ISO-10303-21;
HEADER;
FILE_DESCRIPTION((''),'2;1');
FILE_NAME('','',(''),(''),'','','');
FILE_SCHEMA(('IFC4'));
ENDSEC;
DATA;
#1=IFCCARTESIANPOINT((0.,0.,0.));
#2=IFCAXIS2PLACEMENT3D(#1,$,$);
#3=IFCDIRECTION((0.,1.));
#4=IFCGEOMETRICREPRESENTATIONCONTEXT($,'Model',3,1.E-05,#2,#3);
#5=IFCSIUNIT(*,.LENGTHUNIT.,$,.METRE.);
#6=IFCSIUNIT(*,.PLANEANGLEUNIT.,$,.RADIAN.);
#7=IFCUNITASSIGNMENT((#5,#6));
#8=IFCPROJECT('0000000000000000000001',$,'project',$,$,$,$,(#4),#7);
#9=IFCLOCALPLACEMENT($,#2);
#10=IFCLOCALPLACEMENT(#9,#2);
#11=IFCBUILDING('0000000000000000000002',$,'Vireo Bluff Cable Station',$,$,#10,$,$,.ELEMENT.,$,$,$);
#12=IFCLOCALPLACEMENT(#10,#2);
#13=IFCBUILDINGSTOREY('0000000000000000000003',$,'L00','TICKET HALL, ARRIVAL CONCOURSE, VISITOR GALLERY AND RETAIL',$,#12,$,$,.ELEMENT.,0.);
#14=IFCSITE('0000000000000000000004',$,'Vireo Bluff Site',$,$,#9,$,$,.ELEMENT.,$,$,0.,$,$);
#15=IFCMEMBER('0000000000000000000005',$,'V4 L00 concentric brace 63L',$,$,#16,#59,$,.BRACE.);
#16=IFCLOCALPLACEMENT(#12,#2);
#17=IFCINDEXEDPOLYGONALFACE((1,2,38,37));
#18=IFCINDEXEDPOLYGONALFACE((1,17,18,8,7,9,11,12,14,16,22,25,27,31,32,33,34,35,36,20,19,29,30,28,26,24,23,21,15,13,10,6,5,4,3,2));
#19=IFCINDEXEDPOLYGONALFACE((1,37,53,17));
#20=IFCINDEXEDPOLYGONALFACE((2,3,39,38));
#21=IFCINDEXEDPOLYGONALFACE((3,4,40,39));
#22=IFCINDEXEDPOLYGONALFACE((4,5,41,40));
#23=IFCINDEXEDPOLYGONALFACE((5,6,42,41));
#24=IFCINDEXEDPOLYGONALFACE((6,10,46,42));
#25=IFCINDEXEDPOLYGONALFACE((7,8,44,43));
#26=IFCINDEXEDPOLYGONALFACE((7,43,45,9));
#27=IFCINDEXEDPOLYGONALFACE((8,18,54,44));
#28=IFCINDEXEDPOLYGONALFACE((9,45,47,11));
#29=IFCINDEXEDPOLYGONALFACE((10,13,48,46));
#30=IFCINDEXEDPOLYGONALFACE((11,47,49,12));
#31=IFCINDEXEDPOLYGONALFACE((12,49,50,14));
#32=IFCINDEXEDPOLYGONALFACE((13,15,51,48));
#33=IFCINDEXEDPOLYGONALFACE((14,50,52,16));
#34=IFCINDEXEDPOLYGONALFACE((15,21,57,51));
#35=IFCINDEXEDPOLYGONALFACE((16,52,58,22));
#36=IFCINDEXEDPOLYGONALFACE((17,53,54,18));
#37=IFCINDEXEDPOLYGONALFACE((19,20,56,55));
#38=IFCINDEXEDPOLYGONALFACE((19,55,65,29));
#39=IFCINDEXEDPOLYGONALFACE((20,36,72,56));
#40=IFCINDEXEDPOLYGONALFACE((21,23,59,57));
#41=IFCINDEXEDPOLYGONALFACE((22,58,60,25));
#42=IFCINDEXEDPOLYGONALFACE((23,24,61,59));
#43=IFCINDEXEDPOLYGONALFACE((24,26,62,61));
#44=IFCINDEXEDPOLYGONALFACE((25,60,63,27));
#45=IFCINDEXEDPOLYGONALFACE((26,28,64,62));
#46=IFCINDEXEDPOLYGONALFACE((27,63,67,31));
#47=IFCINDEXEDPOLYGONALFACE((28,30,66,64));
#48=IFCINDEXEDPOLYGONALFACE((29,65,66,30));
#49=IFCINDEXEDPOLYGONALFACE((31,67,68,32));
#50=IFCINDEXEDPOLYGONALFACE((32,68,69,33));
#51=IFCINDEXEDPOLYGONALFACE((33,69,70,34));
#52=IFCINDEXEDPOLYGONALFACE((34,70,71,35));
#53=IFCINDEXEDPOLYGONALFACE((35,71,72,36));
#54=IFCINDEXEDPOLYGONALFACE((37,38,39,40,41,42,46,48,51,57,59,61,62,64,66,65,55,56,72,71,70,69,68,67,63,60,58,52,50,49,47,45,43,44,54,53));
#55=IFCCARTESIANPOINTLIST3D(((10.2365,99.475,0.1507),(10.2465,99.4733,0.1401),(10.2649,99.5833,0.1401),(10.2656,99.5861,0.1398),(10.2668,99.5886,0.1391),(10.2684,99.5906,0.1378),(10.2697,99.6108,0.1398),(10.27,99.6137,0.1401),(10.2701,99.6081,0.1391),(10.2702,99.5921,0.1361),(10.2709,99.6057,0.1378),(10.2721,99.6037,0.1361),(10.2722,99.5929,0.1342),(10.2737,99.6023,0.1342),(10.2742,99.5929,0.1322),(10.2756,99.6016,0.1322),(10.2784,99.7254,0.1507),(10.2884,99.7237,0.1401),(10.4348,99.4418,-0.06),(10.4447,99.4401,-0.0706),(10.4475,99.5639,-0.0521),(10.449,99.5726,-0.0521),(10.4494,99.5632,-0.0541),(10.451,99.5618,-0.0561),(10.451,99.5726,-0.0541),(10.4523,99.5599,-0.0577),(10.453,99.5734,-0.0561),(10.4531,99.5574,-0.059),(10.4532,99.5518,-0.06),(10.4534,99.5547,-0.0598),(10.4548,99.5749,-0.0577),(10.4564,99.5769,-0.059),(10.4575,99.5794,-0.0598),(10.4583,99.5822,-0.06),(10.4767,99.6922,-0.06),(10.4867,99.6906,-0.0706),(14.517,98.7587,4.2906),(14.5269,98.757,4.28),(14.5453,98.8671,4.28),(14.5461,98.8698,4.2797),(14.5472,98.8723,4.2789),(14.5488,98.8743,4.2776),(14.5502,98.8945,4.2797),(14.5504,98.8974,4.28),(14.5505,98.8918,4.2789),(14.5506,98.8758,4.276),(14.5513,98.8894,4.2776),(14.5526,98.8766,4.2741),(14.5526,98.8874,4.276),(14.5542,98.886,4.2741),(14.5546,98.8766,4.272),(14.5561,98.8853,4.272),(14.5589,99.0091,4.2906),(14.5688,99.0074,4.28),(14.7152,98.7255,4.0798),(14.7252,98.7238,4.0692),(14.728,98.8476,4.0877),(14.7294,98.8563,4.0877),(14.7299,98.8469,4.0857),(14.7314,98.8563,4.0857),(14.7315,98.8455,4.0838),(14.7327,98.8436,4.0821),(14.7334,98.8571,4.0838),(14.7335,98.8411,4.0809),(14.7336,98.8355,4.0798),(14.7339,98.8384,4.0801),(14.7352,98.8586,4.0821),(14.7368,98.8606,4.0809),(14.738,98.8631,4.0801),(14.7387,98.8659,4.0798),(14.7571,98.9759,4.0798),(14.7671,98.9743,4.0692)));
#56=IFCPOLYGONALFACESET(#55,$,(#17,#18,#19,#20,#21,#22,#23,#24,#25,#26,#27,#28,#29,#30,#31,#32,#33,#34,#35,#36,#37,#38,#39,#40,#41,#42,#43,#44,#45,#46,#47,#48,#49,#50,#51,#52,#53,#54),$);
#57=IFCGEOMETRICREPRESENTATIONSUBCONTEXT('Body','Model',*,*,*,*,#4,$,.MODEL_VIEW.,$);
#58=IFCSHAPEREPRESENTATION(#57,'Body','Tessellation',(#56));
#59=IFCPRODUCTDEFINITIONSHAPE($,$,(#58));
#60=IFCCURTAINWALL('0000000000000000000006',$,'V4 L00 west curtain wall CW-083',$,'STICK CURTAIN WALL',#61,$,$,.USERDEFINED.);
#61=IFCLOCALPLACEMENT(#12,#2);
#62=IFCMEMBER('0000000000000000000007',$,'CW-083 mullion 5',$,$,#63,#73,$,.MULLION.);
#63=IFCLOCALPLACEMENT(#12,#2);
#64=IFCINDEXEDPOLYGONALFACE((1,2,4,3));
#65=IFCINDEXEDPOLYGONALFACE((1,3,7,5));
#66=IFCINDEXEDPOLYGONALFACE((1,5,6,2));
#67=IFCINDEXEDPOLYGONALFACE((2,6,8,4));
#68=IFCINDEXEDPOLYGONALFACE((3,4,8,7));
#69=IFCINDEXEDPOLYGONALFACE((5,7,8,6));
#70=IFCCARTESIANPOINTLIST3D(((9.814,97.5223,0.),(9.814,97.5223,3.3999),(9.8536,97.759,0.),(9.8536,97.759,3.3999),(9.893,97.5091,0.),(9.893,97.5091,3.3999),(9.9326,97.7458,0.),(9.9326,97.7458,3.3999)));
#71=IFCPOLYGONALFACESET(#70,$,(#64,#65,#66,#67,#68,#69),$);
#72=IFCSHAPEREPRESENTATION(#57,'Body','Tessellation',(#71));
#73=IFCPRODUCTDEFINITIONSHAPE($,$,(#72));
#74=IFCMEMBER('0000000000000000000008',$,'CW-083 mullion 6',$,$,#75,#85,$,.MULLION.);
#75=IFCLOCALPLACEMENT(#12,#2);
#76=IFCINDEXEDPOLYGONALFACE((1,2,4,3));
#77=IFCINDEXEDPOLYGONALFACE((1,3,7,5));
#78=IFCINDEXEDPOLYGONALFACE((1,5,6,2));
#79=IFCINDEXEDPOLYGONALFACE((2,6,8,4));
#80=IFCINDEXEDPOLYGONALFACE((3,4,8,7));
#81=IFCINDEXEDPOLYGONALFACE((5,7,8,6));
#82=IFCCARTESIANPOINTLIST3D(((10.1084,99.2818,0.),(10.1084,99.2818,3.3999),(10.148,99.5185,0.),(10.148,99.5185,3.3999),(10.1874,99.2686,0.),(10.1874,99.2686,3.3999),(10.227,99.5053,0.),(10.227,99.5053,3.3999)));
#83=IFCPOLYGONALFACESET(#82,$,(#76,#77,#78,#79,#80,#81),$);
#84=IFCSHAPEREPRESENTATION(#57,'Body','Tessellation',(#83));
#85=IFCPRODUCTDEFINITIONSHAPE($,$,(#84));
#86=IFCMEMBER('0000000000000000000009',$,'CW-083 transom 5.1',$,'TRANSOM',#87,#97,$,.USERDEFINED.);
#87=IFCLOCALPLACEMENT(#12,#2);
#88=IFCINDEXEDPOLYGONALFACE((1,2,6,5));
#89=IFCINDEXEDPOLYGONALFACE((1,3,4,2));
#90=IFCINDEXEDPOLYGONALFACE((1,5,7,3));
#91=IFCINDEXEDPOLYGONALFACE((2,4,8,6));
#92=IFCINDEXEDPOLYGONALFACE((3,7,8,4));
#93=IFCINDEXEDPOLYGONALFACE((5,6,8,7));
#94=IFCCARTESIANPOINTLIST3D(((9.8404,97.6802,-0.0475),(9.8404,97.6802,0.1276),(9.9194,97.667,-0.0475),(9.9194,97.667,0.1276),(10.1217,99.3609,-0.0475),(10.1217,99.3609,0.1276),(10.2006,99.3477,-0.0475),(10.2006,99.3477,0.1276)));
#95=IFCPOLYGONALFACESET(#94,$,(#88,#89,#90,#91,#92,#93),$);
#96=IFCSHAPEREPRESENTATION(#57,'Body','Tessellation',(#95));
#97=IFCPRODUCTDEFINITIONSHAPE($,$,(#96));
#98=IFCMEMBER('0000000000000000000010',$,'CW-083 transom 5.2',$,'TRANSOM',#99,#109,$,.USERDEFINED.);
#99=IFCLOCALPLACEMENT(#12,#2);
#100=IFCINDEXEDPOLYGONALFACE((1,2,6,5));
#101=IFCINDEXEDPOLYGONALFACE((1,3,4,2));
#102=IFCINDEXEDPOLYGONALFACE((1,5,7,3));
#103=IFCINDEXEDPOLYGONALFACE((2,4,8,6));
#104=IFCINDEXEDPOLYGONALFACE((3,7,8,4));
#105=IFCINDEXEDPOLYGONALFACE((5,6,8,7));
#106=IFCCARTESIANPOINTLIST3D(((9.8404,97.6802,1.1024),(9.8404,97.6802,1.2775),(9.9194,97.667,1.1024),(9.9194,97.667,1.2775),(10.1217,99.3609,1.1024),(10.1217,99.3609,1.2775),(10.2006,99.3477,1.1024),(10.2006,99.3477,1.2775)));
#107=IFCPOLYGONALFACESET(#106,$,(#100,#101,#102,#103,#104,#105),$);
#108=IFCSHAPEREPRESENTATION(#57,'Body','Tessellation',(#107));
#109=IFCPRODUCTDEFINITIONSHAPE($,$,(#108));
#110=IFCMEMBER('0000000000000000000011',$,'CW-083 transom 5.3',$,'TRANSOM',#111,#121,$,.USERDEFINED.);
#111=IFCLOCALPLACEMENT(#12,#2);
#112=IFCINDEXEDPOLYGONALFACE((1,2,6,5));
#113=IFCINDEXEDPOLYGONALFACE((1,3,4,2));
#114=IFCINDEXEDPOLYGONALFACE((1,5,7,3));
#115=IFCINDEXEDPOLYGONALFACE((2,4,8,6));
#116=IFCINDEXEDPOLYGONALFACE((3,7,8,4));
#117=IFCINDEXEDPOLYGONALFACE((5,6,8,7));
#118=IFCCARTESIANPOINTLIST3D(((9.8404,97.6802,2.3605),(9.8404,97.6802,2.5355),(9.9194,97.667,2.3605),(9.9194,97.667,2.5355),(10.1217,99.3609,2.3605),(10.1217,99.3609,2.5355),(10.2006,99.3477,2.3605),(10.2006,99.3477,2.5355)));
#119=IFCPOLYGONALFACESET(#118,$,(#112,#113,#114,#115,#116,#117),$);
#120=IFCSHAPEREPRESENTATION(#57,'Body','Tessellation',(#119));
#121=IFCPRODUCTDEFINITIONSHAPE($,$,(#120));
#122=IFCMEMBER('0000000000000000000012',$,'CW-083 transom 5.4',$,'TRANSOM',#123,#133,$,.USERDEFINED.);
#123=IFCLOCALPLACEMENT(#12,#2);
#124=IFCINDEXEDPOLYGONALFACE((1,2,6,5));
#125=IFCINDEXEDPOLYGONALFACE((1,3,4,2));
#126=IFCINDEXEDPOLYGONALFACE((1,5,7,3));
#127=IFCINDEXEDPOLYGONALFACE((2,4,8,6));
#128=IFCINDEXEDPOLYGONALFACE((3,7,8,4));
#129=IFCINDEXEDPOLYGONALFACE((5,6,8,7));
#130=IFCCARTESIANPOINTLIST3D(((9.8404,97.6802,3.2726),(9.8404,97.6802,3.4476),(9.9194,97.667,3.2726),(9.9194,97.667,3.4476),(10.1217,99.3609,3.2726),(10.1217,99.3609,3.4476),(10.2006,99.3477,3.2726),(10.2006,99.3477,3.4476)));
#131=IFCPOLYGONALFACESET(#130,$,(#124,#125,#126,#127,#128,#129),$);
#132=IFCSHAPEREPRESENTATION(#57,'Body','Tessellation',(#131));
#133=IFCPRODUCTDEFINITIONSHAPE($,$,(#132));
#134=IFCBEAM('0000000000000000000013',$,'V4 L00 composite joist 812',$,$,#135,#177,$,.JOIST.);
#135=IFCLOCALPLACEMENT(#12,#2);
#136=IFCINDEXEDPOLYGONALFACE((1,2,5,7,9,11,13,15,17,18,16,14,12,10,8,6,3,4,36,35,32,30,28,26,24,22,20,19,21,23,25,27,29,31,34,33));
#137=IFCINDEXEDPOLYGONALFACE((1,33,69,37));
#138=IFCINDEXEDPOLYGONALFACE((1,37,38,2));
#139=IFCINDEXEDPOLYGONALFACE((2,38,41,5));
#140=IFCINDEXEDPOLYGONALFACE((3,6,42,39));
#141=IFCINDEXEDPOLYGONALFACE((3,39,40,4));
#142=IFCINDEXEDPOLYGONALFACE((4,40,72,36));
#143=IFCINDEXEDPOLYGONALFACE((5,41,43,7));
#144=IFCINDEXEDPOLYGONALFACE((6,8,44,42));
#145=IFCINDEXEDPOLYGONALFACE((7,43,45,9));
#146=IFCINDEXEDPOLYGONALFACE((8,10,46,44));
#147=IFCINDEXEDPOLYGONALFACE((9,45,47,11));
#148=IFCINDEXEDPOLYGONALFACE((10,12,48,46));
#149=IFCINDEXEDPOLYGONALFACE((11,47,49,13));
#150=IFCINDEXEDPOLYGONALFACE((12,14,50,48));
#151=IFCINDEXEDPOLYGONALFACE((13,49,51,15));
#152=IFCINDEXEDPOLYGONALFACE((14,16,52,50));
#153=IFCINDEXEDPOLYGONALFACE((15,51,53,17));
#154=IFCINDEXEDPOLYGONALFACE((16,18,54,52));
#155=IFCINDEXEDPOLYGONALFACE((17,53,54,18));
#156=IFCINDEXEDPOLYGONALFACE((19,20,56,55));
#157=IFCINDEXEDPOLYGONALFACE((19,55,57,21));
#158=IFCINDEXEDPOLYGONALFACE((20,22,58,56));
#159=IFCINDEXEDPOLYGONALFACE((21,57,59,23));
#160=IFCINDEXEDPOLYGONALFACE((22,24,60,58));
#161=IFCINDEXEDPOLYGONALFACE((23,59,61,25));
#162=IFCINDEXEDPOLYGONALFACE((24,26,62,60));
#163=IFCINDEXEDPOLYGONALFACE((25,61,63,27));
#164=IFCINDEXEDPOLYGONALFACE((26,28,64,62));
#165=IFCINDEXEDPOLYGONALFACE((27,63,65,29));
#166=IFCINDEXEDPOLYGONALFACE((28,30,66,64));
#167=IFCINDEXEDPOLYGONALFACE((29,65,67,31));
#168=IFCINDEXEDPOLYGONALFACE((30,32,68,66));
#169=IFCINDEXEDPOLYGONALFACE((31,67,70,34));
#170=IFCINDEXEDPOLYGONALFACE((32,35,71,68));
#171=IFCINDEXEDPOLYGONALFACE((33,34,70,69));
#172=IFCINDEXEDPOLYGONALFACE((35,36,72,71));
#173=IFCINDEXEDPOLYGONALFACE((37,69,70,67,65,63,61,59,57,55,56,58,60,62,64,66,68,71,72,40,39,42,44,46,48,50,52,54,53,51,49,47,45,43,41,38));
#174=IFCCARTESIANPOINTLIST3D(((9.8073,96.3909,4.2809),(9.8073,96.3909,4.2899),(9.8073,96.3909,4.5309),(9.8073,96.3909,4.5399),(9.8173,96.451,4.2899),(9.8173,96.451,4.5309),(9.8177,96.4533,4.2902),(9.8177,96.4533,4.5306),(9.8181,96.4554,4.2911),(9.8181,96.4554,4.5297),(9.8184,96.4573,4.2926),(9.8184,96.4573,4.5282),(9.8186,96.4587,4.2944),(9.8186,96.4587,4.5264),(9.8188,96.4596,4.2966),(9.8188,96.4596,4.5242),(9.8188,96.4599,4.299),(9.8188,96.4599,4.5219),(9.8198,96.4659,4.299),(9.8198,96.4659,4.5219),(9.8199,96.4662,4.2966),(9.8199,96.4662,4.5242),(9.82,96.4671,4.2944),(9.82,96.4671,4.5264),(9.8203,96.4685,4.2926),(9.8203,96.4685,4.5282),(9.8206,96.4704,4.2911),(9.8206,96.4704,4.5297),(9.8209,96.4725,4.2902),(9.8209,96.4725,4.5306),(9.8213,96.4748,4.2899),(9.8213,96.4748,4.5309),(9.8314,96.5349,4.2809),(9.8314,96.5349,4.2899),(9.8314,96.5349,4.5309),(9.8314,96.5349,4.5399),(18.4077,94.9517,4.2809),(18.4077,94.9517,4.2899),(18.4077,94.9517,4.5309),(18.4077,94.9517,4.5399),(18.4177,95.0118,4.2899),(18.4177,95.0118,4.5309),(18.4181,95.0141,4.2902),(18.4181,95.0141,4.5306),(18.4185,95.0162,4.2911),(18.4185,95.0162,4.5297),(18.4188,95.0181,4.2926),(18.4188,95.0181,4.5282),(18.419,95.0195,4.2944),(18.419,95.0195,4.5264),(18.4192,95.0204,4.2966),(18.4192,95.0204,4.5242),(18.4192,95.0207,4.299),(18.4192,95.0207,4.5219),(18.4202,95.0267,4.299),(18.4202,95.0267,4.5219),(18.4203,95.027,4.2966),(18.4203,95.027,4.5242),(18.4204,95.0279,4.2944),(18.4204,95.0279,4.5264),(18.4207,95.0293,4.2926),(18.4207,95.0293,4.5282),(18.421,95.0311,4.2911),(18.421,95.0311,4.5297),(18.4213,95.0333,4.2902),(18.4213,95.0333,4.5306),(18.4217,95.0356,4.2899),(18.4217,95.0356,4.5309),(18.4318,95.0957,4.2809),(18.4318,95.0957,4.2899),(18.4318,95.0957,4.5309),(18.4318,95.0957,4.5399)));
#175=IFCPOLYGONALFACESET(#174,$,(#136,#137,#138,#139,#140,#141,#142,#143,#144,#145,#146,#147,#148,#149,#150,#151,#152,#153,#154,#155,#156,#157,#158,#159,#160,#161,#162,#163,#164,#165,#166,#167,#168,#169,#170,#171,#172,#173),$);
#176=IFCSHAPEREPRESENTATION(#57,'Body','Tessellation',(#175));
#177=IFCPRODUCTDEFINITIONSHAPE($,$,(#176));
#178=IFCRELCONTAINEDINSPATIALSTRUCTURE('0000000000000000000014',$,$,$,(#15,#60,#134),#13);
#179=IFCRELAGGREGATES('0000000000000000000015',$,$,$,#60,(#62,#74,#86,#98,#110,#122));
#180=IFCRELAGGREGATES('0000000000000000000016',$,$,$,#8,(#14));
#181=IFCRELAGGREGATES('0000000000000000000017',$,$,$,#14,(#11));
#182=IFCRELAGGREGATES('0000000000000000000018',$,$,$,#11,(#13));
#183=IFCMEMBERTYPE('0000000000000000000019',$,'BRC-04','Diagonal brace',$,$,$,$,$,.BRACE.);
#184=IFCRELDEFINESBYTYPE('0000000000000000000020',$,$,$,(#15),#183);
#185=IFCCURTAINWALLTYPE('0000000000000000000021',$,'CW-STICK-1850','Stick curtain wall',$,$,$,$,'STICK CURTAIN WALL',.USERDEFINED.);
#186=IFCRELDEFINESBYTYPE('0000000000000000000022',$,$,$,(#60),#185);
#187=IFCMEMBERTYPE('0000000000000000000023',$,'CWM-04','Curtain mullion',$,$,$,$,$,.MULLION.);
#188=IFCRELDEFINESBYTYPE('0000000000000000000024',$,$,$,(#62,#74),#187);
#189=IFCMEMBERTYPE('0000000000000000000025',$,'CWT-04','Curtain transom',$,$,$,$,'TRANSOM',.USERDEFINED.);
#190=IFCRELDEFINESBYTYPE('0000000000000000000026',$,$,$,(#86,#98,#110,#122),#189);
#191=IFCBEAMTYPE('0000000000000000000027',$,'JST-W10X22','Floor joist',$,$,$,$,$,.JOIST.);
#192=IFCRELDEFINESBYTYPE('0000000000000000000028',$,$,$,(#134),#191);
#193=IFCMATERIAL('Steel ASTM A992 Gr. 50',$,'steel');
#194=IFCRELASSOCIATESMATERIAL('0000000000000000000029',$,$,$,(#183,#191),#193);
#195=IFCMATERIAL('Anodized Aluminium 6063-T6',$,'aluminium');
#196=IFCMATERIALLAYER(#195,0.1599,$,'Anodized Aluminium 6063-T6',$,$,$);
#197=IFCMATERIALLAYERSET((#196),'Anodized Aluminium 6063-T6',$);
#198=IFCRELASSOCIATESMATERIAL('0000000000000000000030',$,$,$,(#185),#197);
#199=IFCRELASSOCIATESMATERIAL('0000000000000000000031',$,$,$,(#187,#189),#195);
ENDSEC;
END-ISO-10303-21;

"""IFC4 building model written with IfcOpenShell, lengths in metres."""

from ifc_helpers import new_model, si_unit, direction, frame, origin, origin_2d, place, context, subcontext, project, spatial, rectangle, i_section, extrude, material, layer, layer_set, material_profile, profile_set, type_object, element, aggregate, save


model = new_model("IFC4")

# Units and contexts
model_context = context("Model", 3, precision=1e-05, world=origin(), true_north=direction((0.0, 1.0)))
body_context = subcontext(model_context, "Body", "Model", "MODEL_VIEW")
ifc_project = project(units=[si_unit("LENGTHUNIT", "METRE"), si_unit("PLANEANGLEUNIT", "RADIAN")], contexts=[model_context])

# Site, building, storey
site_placement = place(None, origin())
site = spatial("IfcSite", under=ifc_project, at=site_placement, Name="Vireo Bluff Site", CompositionType="ELEMENT", RefElevation=0.0)
building_placement = place(site_placement, origin())
building = spatial("IfcBuilding", under=site, at=building_placement, Name="Vireo Bluff Cable Station", CompositionType="ELEMENT")
storey_placement = place(building_placement, origin())
storey = spatial("IfcBuildingStorey", under=building, at=storey_placement, Name="L00", Description="TICKET HALL, ARRIVAL CONCOURSE, VISITOR GALLERY AND RETAIL", CompositionType="ELEMENT", Elevation=0.0)

# Shared definitions
ifc_material_1 = material(Name="Steel ASTM A992 Gr. 50", Category="steel")

# Member
ifc_material_profile_1 = material_profile(ifc_material_1, i_section(OverallWidth=0.2539, OverallDepth=0.3059, WebThickness=0.0088, FlangeThickness=0.0146, FilletRadius=0.011, at=origin_2d()), Name="W12X53")
ifc_profile_set_1 = profile_set([ifc_material_profile_1], Name="Steel ASTM A992 Gr. 50")
member_type_1 = type_object("IfcMemberType", Name="BRC-04", Description="Diagonal brace", PredefinedType="BRACE", material=ifc_profile_set_1)
member_1_placement = place(storey_placement, frame((10.3616, 99.5828, 0.04), z_axis=(0.713671, -0.119427, 0.690225), x_axis=(0.165047, 0.986286, 0.0)))
element("IfcMember", 1, at=member_1_placement, inside=storey, type_object=member_type_1, Name="V4 L00 concentric brace 63L", PredefinedType="BRACE", context=body_context, shape_type="SweptSolid", body=[
    extrude(i_section(OverallWidth=0.2539, OverallDepth=0.3059, WebThickness=0.0088, FlangeThickness=0.0146, FilletRadius=0.011, at=origin_2d()), origin(), (0.0, 0.0, 1.0), 5.9978),
])

# Curtain wall, members
ifc_material_2 = material(Name="Anodized Aluminium 6063-T6", Category="aluminium")
ifc_layer_1 = layer(ifc_material_2, 0.1599, Name="Anodized Aluminium 6063-T6")
ifc_layer_set_1 = layer_set([ifc_layer_1], Name="Anodized Aluminium 6063-T6")
curtain_wall_type = type_object("IfcCurtainWallType", Name="CW-STICK-1850", Description="Stick curtain wall", ElementType="STICK CURTAIN WALL", PredefinedType="USERDEFINED", material=ifc_layer_set_1)
curtain_wall_placement = place(storey_placement, origin())
curtain_wall = element("IfcCurtainWall", 2, at=curtain_wall_placement, inside=storey, type_object=curtain_wall_type, Name="V4 L00 west curtain wall CW-083", ObjectType="STICK CURTAIN WALL", PredefinedType="USERDEFINED")
ifc_material_profile_2 = material_profile(ifc_material_2, rectangle(XDim=0.0801, YDim=0.24, at=origin_2d()), Name="ALU-M-80X240")
ifc_profile_set_2 = profile_set([ifc_material_profile_2], Name="Anodized Aluminium 6063-T6")
member_type_2 = type_object("IfcMemberType", Name="CWM-04", Description="Curtain mullion", PredefinedType="MULLION", material=ifc_profile_set_2)
member_2_placement = place(storey_placement, frame((9.8733, 97.634, 0.0), z_axis=(0.0, 0.0, 1.0), x_axis=(-0.986286, 0.165048, 0.0)))
member_2 = element("IfcMember", 3, at=member_2_placement, type_object=member_type_2, Name="CW-083 mullion 5", PredefinedType="MULLION", context=body_context, shape_type="SweptSolid", body=[
    extrude(rectangle(XDim=0.0801, YDim=0.24, at=origin_2d()), origin(), (0.0, 0.0, 1.0), 3.3999),
])
member_3_placement = place(storey_placement, frame((10.1677, 99.3936, 0.0), z_axis=(0.0, 0.0, 1.0), x_axis=(-0.986286, 0.165048, 0.0)))
member_3 = element("IfcMember", 4, at=member_3_placement, type_object=member_type_2, Name="CW-083 mullion 6", PredefinedType="MULLION", context=body_context, shape_type="SweptSolid", body=[
    extrude(rectangle(XDim=0.0801, YDim=0.24, at=origin_2d()), origin(), (0.0, 0.0, 1.0), 3.3999),
])
ifc_material_profile_3 = material_profile(ifc_material_2, rectangle(XDim=0.0801, YDim=0.175, at=origin_2d()), Name="ALU-T-80X175")
ifc_profile_set_3 = profile_set([ifc_material_profile_3], Name="Anodized Aluminium 6063-T6")
member_type_3 = type_object("IfcMemberType", Name="CWT-04", Description="Curtain transom", ElementType="TRANSOM", PredefinedType="USERDEFINED", material=ifc_profile_set_3)
member_4_placement = place(storey_placement, frame((9.8799, 97.6736, 0.04), z_axis=(0.165049, 0.986285, 0.0), x_axis=(-0.986285, 0.165049, 0.0)))
member_4 = element("IfcMember", 5, at=member_4_placement, type_object=member_type_3, Name="CW-083 transom 5.1", ObjectType="TRANSOM", PredefinedType="USERDEFINED", context=body_context, shape_type="SweptSolid", body=[
    extrude(rectangle(XDim=0.0801, YDim=0.175, at=origin_2d()), origin(), (0.0, 0.0, 1.0), 1.7041),
])
member_5_placement = place(storey_placement, frame((9.8799, 97.6736, 1.1899), z_axis=(0.165049, 0.986285, 0.0), x_axis=(-0.986285, 0.165049, 0.0)))
member_5 = element("IfcMember", 6, at=member_5_placement, type_object=member_type_3, Name="CW-083 transom 5.2", ObjectType="TRANSOM", PredefinedType="USERDEFINED", context=body_context, shape_type="SweptSolid", body=[
    extrude(rectangle(XDim=0.0801, YDim=0.175, at=origin_2d()), origin(), (0.0, 0.0, 1.0), 1.7041),
])
member_6_placement = place(storey_placement, frame((9.8799, 97.6736, 2.448), z_axis=(0.165049, 0.986285, 0.0), x_axis=(-0.986285, 0.165049, 0.0)))
member_6 = element("IfcMember", 7, at=member_6_placement, type_object=member_type_3, Name="CW-083 transom 5.3", ObjectType="TRANSOM", PredefinedType="USERDEFINED", context=body_context, shape_type="SweptSolid", body=[
    extrude(rectangle(XDim=0.0801, YDim=0.175, at=origin_2d()), origin(), (0.0, 0.0, 1.0), 1.7041),
])
member_7_placement = place(storey_placement, frame((9.8799, 97.6736, 3.3601), z_axis=(0.165049, 0.986285, 0.0), x_axis=(-0.986285, 0.165049, 0.0)))
member_7 = element("IfcMember", 8, at=member_7_placement, type_object=member_type_3, Name="CW-083 transom 5.4", ObjectType="TRANSOM", PredefinedType="USERDEFINED", context=body_context, shape_type="SweptSolid", body=[
    extrude(rectangle(XDim=0.0801, YDim=0.175, at=origin_2d()), origin(), (0.0, 0.0, 1.0), 1.7041),
])

# Beam
ifc_material_profile_4 = material_profile(ifc_material_1, i_section(OverallWidth=0.146, OverallDepth=0.259, WebThickness=0.0061, FlangeThickness=0.009, FilletRadius=0.009, at=origin_2d()), Name="W10X22")
ifc_profile_set_4 = profile_set([ifc_material_profile_4], Name="Steel ASTM A992 Gr. 50")
beam_type_1 = type_object("IfcBeamType", Name="JST-W10X22", Description="Floor joist", PredefinedType="JOIST", material=ifc_profile_set_4)
beam_1_placement = place(storey_placement, frame((9.8193, 96.4629, 4.4104), z_axis=(0.986286, -0.165048, 0.0), x_axis=(0.165048, 0.986286, 0.0)))
element("IfcBeam", 9, at=beam_1_placement, inside=storey, type_object=beam_type_1, Name="V4 L00 composite joist 812", PredefinedType="JOIST", context=body_context, shape_type="SweptSolid", body=[
    extrude(i_section(OverallWidth=0.146, OverallDepth=0.259, WebThickness=0.0061, FlangeThickness=0.009, FilletRadius=0.009, at=origin_2d()), origin(), (0.0, 0.0, 1.0), 8.72),
])

aggregate(curtain_wall, [member_2, member_3, member_4, member_5, member_6, member_7])

save(model, "model.ifc")
